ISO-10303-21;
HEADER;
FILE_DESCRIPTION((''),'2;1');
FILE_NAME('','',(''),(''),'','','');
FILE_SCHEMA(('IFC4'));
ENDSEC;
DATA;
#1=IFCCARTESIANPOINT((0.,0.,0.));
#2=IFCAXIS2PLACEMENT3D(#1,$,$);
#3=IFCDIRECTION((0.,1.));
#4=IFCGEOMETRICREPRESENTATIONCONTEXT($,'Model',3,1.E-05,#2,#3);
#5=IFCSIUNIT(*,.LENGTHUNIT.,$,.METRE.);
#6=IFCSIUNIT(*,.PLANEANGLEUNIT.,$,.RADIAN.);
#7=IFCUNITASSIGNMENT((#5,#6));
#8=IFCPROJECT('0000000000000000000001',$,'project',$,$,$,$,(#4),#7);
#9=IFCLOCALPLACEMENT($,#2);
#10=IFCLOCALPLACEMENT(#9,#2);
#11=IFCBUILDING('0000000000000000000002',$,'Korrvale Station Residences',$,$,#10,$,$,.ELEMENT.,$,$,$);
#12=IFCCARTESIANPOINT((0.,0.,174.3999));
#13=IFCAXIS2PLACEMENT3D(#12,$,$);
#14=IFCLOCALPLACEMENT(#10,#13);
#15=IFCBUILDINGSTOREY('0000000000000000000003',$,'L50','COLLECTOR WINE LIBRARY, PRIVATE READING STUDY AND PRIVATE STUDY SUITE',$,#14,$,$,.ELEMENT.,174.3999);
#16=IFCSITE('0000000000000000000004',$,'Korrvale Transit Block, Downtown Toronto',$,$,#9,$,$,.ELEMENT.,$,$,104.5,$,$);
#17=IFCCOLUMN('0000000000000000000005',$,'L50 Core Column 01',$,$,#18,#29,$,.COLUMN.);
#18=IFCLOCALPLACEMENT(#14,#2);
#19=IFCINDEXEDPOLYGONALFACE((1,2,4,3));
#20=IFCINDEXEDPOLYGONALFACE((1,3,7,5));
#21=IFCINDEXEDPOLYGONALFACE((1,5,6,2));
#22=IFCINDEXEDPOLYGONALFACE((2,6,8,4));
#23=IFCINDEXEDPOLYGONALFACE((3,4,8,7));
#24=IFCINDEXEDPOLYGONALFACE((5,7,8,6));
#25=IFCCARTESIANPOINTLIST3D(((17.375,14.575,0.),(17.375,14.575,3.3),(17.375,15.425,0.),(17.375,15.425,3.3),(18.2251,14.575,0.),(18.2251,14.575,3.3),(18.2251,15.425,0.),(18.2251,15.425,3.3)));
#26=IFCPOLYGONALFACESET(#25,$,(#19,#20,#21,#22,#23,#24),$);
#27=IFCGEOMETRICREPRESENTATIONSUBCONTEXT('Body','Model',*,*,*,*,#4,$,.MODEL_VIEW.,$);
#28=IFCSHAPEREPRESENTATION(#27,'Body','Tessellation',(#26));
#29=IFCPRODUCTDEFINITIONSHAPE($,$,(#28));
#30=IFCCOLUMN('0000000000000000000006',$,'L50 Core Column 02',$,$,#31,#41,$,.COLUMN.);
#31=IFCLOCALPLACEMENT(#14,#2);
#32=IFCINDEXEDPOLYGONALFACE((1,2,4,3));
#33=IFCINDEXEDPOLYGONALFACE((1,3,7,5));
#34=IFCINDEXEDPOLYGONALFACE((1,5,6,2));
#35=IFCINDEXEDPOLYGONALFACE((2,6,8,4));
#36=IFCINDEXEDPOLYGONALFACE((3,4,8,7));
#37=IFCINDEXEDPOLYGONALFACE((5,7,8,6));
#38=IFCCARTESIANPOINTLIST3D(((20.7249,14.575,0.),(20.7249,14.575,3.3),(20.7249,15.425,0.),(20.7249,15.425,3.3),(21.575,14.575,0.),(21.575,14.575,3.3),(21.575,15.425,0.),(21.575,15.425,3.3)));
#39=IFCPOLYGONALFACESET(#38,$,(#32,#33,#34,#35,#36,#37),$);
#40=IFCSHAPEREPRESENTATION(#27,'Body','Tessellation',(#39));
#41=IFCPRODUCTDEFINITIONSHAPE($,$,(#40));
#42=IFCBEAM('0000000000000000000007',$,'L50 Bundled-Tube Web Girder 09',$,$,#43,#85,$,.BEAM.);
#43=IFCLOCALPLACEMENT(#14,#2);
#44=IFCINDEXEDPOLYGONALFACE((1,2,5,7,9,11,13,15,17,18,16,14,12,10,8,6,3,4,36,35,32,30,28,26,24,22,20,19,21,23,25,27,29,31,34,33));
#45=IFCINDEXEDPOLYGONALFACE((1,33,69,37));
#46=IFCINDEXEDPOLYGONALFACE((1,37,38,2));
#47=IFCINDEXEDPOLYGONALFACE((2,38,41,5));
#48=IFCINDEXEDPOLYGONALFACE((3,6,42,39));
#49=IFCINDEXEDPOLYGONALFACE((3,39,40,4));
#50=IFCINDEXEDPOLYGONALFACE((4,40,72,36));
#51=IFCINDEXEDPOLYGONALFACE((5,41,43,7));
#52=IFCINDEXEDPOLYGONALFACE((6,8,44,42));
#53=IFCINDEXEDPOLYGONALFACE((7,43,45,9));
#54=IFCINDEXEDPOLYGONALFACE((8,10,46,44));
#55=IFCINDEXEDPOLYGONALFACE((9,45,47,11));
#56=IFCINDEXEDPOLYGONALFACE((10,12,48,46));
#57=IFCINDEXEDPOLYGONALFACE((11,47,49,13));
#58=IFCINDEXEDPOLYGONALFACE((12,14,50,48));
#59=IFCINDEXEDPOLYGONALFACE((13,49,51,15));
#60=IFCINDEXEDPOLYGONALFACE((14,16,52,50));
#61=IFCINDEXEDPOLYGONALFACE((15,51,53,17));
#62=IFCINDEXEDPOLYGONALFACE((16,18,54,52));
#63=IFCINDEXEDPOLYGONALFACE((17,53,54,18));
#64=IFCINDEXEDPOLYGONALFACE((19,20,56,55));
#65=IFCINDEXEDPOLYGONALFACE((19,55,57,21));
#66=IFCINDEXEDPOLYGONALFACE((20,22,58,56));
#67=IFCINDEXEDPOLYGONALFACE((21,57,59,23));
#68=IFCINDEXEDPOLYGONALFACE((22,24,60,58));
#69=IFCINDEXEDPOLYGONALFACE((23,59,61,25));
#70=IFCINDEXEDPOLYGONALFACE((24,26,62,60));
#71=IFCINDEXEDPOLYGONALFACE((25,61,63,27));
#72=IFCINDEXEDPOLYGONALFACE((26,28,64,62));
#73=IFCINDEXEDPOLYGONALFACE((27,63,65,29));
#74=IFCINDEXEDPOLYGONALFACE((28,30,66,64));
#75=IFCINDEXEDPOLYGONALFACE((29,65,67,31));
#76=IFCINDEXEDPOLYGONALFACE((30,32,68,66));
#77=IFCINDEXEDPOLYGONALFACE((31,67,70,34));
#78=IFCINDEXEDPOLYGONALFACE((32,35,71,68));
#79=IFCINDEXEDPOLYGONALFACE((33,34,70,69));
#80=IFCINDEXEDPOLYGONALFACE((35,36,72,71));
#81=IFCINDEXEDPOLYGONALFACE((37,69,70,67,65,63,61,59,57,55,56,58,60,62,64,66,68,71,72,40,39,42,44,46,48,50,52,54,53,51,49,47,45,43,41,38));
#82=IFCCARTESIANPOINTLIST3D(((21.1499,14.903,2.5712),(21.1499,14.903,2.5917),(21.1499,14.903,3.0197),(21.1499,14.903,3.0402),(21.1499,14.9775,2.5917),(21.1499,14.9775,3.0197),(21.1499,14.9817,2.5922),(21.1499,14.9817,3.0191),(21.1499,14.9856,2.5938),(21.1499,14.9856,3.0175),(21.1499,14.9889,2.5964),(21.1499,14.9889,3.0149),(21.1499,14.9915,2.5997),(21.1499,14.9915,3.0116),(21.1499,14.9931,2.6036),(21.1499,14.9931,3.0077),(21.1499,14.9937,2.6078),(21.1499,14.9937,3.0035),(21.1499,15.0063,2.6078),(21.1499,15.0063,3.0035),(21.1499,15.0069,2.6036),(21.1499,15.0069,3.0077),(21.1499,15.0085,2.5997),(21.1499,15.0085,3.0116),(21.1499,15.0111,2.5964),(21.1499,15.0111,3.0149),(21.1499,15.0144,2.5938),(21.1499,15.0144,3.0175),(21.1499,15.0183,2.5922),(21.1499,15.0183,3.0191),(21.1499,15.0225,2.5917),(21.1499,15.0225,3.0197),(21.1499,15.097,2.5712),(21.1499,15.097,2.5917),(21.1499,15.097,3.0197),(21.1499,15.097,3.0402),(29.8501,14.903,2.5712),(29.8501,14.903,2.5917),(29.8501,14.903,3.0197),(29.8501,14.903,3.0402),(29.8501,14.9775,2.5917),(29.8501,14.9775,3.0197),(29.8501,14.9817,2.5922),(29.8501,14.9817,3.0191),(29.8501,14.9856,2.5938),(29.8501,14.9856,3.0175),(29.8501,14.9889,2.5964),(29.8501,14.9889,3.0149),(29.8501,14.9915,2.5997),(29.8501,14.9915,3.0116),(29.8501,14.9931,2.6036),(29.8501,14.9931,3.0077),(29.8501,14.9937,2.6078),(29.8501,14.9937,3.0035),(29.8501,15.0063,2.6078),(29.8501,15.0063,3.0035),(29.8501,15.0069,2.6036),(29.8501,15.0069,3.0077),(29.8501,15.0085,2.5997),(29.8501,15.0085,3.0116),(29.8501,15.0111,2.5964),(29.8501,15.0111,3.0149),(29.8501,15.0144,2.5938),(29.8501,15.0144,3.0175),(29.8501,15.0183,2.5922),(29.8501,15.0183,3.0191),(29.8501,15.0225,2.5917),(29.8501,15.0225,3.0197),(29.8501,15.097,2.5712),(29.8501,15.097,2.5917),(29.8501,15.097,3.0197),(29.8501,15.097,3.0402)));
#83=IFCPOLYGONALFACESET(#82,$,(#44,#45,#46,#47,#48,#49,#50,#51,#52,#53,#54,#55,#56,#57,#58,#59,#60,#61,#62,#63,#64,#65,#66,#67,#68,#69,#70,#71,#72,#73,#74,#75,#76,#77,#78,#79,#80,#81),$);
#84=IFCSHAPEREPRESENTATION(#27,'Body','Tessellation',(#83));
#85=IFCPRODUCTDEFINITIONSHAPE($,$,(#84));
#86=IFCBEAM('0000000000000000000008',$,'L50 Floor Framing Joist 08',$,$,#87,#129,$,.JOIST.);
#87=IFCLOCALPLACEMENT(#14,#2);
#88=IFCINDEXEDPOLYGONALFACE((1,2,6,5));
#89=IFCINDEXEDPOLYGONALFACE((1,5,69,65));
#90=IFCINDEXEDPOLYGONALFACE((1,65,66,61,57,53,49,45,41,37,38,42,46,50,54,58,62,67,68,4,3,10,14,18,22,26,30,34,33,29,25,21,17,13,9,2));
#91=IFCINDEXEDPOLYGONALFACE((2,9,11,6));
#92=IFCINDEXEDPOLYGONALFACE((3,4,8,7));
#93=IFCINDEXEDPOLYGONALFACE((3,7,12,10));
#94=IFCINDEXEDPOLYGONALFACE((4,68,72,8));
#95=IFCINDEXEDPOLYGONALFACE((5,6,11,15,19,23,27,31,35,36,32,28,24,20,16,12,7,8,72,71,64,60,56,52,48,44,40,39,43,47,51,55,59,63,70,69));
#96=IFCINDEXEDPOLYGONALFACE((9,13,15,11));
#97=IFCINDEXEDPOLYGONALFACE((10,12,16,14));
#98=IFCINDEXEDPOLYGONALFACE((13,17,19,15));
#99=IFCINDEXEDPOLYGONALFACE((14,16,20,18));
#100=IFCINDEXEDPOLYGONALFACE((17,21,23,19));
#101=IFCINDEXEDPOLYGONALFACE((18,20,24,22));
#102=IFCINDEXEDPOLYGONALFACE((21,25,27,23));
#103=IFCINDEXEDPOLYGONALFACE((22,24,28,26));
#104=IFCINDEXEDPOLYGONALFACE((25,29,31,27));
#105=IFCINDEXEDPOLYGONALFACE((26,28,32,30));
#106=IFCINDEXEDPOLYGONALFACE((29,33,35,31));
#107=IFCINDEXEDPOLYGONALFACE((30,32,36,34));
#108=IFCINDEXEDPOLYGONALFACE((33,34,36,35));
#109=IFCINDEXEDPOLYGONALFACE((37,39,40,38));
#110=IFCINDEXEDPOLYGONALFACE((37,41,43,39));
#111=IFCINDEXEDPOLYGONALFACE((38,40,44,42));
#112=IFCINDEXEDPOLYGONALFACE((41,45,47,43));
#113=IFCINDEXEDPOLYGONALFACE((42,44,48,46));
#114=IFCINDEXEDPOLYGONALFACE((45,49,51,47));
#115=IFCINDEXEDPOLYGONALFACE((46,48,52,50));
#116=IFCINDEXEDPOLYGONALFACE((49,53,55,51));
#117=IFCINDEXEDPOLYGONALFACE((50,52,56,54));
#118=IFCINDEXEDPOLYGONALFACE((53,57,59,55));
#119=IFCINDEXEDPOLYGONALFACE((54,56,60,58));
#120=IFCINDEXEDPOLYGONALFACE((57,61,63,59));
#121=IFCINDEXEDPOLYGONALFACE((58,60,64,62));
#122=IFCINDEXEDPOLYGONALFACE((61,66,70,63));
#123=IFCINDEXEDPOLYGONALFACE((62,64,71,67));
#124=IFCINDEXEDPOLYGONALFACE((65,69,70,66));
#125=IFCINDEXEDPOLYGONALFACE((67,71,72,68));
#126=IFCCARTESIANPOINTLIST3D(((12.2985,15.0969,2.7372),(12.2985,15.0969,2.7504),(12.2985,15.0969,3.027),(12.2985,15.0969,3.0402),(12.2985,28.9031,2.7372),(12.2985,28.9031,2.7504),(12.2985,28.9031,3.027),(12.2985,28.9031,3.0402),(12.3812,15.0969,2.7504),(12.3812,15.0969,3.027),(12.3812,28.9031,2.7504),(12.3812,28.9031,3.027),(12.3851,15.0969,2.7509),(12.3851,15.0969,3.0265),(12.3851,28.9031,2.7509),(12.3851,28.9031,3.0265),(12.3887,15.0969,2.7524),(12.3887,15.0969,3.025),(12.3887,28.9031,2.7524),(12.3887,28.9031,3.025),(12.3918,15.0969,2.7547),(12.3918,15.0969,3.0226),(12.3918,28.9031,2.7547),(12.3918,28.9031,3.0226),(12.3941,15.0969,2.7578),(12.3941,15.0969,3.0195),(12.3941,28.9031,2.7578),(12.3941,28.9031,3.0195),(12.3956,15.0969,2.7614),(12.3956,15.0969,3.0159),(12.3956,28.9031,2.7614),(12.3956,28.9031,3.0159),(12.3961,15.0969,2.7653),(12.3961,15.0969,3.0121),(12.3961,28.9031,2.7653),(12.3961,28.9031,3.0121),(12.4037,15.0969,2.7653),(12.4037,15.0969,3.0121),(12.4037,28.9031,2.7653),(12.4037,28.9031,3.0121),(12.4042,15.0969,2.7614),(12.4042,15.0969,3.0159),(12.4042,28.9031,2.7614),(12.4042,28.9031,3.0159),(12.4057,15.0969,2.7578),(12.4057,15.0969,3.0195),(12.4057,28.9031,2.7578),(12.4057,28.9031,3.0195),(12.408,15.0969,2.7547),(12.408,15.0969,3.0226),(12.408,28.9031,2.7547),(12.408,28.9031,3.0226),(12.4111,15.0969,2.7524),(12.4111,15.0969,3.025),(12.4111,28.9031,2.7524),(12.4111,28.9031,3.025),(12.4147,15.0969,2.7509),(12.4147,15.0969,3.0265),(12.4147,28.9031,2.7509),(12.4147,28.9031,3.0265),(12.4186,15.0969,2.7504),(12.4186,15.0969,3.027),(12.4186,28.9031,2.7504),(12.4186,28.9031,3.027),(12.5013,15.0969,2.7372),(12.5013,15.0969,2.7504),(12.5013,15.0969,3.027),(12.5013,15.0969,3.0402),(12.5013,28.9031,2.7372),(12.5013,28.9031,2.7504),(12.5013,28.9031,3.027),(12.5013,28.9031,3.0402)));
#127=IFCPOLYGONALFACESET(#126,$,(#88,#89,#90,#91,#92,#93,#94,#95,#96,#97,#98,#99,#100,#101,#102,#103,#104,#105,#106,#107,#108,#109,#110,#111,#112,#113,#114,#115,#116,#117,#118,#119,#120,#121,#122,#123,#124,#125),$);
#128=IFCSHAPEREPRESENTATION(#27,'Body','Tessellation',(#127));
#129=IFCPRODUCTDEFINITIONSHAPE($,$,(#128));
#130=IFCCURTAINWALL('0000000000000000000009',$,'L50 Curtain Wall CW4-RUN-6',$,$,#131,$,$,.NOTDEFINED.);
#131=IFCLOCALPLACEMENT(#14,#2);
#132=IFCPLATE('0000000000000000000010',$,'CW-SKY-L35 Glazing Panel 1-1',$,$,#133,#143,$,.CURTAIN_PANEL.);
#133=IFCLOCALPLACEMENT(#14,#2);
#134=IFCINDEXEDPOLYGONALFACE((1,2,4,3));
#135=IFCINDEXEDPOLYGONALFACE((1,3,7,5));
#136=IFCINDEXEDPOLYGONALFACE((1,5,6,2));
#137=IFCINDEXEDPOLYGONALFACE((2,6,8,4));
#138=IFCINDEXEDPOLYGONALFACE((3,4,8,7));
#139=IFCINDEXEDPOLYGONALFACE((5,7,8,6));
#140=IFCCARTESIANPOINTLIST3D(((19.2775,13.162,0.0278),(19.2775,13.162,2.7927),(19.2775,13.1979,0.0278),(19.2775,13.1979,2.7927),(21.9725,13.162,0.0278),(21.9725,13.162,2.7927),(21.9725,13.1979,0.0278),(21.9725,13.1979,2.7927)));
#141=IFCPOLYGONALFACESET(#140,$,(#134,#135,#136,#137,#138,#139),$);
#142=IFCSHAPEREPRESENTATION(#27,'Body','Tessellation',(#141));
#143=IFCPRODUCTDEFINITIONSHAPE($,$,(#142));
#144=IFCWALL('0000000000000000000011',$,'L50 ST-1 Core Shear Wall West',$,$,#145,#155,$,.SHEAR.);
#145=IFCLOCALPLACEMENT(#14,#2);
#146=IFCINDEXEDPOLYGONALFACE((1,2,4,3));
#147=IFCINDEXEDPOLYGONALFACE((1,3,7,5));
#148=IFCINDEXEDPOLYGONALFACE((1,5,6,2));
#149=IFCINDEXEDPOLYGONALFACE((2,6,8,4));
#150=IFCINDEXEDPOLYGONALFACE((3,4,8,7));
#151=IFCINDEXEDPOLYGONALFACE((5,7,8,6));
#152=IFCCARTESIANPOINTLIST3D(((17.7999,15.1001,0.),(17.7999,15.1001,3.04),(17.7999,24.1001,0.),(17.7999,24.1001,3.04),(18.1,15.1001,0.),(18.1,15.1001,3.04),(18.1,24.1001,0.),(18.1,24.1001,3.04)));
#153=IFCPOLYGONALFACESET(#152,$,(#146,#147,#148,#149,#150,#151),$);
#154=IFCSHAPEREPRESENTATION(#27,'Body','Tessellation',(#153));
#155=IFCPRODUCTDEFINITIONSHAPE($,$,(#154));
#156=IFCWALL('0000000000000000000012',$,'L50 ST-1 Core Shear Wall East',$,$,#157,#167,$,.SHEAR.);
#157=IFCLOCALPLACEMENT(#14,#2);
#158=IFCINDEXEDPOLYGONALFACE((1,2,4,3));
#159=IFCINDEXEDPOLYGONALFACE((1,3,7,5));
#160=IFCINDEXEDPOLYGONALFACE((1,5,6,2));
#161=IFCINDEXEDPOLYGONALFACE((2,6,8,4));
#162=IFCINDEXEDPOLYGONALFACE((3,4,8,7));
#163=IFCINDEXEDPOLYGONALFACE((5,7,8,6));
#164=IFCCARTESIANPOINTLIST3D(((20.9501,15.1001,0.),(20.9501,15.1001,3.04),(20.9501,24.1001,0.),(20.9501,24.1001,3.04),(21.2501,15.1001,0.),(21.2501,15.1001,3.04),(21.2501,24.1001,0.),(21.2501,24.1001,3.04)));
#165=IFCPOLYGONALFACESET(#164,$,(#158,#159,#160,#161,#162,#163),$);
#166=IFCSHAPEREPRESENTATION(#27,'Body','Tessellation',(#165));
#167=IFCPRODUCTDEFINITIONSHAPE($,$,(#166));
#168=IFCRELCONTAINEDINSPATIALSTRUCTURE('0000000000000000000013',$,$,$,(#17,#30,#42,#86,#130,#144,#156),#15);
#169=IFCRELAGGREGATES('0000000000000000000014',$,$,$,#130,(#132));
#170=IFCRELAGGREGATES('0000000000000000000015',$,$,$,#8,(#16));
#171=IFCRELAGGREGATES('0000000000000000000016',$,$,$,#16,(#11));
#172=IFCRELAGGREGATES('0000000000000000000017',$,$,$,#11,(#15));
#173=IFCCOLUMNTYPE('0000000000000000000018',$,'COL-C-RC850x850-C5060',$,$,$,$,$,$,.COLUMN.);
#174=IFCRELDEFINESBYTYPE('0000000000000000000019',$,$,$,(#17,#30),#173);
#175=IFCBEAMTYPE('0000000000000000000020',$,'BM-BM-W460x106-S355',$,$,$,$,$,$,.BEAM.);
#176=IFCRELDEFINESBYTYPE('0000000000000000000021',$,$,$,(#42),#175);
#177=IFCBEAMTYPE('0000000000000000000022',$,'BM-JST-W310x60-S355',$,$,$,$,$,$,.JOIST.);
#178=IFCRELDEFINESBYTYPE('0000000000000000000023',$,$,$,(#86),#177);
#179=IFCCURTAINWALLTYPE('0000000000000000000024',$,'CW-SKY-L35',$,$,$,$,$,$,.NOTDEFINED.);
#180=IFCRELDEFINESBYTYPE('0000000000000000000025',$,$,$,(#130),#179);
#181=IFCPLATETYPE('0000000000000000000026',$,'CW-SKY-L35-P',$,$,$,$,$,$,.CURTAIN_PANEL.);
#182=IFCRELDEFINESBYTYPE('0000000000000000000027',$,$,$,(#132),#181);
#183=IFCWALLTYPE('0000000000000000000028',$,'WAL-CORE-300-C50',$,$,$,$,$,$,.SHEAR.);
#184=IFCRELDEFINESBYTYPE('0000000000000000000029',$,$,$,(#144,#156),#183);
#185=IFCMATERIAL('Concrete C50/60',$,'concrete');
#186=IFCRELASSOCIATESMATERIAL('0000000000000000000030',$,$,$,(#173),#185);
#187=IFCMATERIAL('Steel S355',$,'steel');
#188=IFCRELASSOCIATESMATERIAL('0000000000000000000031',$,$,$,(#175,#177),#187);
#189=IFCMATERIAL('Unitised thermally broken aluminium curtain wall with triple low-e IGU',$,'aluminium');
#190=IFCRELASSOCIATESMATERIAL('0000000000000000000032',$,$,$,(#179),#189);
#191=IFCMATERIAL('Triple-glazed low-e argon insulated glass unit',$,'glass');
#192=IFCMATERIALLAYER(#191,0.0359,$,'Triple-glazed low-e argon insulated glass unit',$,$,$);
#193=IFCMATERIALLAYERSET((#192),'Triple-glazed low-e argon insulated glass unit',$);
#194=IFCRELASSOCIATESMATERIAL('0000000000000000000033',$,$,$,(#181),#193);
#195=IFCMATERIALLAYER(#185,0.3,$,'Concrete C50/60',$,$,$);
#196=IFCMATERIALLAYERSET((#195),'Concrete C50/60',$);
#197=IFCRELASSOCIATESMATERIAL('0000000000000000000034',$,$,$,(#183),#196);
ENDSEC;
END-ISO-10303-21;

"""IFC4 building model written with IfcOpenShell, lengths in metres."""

from ifc_helpers import new_model, si_unit, direction, frame, frame_2d, origin, origin_2d, place, context, subcontext, project, spatial, rectangle, i_section, extrude, material, layer, layer_set, material_profile, profile_set, type_object, element, aggregate, save


model = new_model("IFC4")

# Units and contexts
model_context = context("Model", 3, precision=1e-05, world=origin(), true_north=direction((0.0, 1.0)))
body_context = subcontext(model_context, "Body", "Model", "MODEL_VIEW")
ifc_project = project(units=[si_unit("LENGTHUNIT", "METRE"), si_unit("PLANEANGLEUNIT", "RADIAN")], contexts=[model_context])

# Site, building, storey
site_placement = place(None, origin())
site = spatial("IfcSite", under=ifc_project, at=site_placement, Name="Korrvale Transit Block, Downtown Toronto", CompositionType="ELEMENT", RefElevation=104.5)
building_placement = place(site_placement, origin())
building = spatial("IfcBuilding", under=site, at=building_placement, Name="Korrvale Station Residences", CompositionType="ELEMENT")
storey_placement = place(building_placement, frame((0.0, 0.0, 174.3999)))
storey = spatial("IfcBuildingStorey", under=building, at=storey_placement, Name="L50", Description="COLLECTOR WINE LIBRARY, PRIVATE READING STUDY AND PRIVATE STUDY SUITE", CompositionType="ELEMENT", Elevation=174.3999)

# Columns
ifc_material_1 = material(Name="Concrete C50/60", Category="concrete")
ifc_material_profile_1 = material_profile(ifc_material_1, rectangle(XDim=0.8501, YDim=0.8501, at=origin_2d()), Name="RC850x850")
ifc_profile_set_1 = profile_set([ifc_material_profile_1], Name="Concrete C50/60")
column_type = type_object("IfcColumnType", Name="COL-C-RC850x850-C5060", PredefinedType="COLUMN", material=ifc_profile_set_1)
for number, where, z_axis, x_axis, name in (
    (1, (17.8, 15.0, 0.0), (0.0, 0.0, 1.0), (1.0, 0.0, 0.0), "L50 Core Column 01"),
    (2, (21.1499, 15.0, 0.0), (0.0, 0.0, 1.0), (1.0, 0.0, 0.0), "L50 Core Column 02"),
):
    element("IfcColumn", number, at=place(storey_placement, frame(where, z_axis=z_axis, x_axis=x_axis)), inside=storey, type_object=column_type, Name=name, PredefinedType="COLUMN", context=body_context, shape_type="SweptSolid", body=[
        extrude(rectangle(XDim=0.8501, YDim=0.8501, at=origin_2d()), origin(), (0.0, 0.0, 1.0), 3.3),
    ])

# Beams
ifc_material_2 = material(Name="Steel S355", Category="steel")
ifc_material_profile_2 = material_profile(ifc_material_2, i_section(OverallWidth=0.1941, OverallDepth=0.469, WebThickness=0.0127, FlangeThickness=0.0205, FilletRadius=0.0161, at=origin_2d()), Name="W460x106")
ifc_profile_set_2 = profile_set([ifc_material_profile_2], Name="Steel S355")
beam_type_1 = type_object("IfcBeamType", Name="BM-BM-W460x106-S355", PredefinedType="BEAM", material=ifc_profile_set_2)
beam_1_placement = place(storey_placement, frame((21.1499, 15.0, 2.8057), z_axis=(1.0, 0.0, 0.0), x_axis=(0.0, 1.0, 0.0)))
element("IfcBeam", 3, at=beam_1_placement, inside=storey, type_object=beam_type_1, Name="L50 Bundled-Tube Web Girder 09", PredefinedType="BEAM", context=body_context, shape_type="SweptSolid", body=[
    extrude(i_section(OverallWidth=0.1941, OverallDepth=0.469, WebThickness=0.0127, FlangeThickness=0.0205, FilletRadius=0.0161, at=origin_2d()), origin(), (0.0, 0.0, 1.0), 8.7002),
])
ifc_material_profile_3 = material_profile(ifc_material_2, i_section(OverallWidth=0.2029, OverallDepth=0.303, WebThickness=0.0076, FlangeThickness=0.0132, FilletRadius=0.0149, at=origin_2d()), Name="W310x60")
ifc_profile_set_3 = profile_set([ifc_material_profile_3], Name="Steel S355")
beam_type_2 = type_object("IfcBeamType", Name="BM-JST-W310x60-S355", PredefinedType="JOIST", material=ifc_profile_set_3)
beam_2_placement = place(storey_placement, frame((12.3999, 15.0969, 2.8887), z_axis=(0.0, 1.0, 0.0), x_axis=(-1.0, 0.0, 0.0)))
element("IfcBeam", 4, at=beam_2_placement, inside=storey, type_object=beam_type_2, Name="L50 Floor Framing Joist 08", PredefinedType="JOIST", context=body_context, shape_type="SweptSolid", body=[
    extrude(i_section(OverallWidth=0.2029, OverallDepth=0.303, WebThickness=0.0076, FlangeThickness=0.0132, FilletRadius=0.0149, at=origin_2d()), origin(), (0.0, 0.0, 1.0), 13.8062),
])

# Curtain wall, plate
ifc_material_3 = material(Name="Unitised thermally broken aluminium curtain wall with triple low-e IGU", Category="aluminium")
curtain_wall_type = type_object("IfcCurtainWallType", Name="CW-SKY-L35", PredefinedType="NOTDEFINED", material=ifc_material_3)
curtain_wall_placement = place(storey_placement, origin())
curtain_wall = element("IfcCurtainWall", 5, at=curtain_wall_placement, inside=storey, type_object=curtain_wall_type, Name="L50 Curtain Wall CW4-RUN-6", PredefinedType="NOTDEFINED")
ifc_material_4 = material(Name="Triple-glazed low-e argon insulated glass unit", Category="glass")
ifc_layer_1 = layer(ifc_material_4, 0.0359, Name="Triple-glazed low-e argon insulated glass unit")
ifc_layer_set_1 = layer_set([ifc_layer_1], Name="Triple-glazed low-e argon insulated glass unit")
plate_type = type_object("IfcPlateType", Name="CW-SKY-L35-P", PredefinedType="CURTAIN_PANEL", material=ifc_layer_set_1)
plate_placement = place(storey_placement, frame((20.625, 13.1799, 0.0278), z_axis=(0.0, 0.0, 1.0), x_axis=(1.0, 0.0, 0.0)))
plate = element("IfcPlate", 6, at=plate_placement, type_object=plate_type, Name="CW-SKY-L35 Glazing Panel 1-1", PredefinedType="CURTAIN_PANEL", context=body_context, shape_type="SweptSolid", body=[
    extrude(rectangle(XDim=2.6951, YDim=0.0359, at=origin_2d()), origin(), (0.0, 0.0, 1.0), 2.7649),
])
aggregate(curtain_wall, [plate])

# Walls
ifc_layer_2 = layer(ifc_material_1, 0.3, Name="Concrete C50/60")
ifc_layer_set_2 = layer_set([ifc_layer_2], Name="Concrete C50/60")
wall_type_1 = type_object("IfcWallType", Name="WAL-CORE-300-C50", PredefinedType="SHEAR", material=ifc_layer_set_2)
for number, where, z_axis, x_axis, name in (
    (7, (17.95, 15.1001, 0.0), (0.0, 0.0, 1.0), (0.0, 1.0, 0.0), "L50 ST-1 Core Shear Wall West"),
    (8, (21.1001, 15.1001, 0.0), (0.0, 0.0, 1.0), (0.0, 1.0, 0.0), "L50 ST-1 Core Shear Wall East"),
):
    element("IfcWall", number, at=place(storey_placement, frame(where, z_axis=z_axis, x_axis=x_axis)), inside=storey, type_object=wall_type_1, Name=name, PredefinedType="SHEAR", context=body_context, shape_type="SweptSolid", body=[
        extrude(rectangle(XDim=9.0, YDim=0.3, at=frame_2d((4.5, 0.0))), origin(), (0.0, 0.0, 1.0), 3.04),
    ])

save(model, "model.ifc")
